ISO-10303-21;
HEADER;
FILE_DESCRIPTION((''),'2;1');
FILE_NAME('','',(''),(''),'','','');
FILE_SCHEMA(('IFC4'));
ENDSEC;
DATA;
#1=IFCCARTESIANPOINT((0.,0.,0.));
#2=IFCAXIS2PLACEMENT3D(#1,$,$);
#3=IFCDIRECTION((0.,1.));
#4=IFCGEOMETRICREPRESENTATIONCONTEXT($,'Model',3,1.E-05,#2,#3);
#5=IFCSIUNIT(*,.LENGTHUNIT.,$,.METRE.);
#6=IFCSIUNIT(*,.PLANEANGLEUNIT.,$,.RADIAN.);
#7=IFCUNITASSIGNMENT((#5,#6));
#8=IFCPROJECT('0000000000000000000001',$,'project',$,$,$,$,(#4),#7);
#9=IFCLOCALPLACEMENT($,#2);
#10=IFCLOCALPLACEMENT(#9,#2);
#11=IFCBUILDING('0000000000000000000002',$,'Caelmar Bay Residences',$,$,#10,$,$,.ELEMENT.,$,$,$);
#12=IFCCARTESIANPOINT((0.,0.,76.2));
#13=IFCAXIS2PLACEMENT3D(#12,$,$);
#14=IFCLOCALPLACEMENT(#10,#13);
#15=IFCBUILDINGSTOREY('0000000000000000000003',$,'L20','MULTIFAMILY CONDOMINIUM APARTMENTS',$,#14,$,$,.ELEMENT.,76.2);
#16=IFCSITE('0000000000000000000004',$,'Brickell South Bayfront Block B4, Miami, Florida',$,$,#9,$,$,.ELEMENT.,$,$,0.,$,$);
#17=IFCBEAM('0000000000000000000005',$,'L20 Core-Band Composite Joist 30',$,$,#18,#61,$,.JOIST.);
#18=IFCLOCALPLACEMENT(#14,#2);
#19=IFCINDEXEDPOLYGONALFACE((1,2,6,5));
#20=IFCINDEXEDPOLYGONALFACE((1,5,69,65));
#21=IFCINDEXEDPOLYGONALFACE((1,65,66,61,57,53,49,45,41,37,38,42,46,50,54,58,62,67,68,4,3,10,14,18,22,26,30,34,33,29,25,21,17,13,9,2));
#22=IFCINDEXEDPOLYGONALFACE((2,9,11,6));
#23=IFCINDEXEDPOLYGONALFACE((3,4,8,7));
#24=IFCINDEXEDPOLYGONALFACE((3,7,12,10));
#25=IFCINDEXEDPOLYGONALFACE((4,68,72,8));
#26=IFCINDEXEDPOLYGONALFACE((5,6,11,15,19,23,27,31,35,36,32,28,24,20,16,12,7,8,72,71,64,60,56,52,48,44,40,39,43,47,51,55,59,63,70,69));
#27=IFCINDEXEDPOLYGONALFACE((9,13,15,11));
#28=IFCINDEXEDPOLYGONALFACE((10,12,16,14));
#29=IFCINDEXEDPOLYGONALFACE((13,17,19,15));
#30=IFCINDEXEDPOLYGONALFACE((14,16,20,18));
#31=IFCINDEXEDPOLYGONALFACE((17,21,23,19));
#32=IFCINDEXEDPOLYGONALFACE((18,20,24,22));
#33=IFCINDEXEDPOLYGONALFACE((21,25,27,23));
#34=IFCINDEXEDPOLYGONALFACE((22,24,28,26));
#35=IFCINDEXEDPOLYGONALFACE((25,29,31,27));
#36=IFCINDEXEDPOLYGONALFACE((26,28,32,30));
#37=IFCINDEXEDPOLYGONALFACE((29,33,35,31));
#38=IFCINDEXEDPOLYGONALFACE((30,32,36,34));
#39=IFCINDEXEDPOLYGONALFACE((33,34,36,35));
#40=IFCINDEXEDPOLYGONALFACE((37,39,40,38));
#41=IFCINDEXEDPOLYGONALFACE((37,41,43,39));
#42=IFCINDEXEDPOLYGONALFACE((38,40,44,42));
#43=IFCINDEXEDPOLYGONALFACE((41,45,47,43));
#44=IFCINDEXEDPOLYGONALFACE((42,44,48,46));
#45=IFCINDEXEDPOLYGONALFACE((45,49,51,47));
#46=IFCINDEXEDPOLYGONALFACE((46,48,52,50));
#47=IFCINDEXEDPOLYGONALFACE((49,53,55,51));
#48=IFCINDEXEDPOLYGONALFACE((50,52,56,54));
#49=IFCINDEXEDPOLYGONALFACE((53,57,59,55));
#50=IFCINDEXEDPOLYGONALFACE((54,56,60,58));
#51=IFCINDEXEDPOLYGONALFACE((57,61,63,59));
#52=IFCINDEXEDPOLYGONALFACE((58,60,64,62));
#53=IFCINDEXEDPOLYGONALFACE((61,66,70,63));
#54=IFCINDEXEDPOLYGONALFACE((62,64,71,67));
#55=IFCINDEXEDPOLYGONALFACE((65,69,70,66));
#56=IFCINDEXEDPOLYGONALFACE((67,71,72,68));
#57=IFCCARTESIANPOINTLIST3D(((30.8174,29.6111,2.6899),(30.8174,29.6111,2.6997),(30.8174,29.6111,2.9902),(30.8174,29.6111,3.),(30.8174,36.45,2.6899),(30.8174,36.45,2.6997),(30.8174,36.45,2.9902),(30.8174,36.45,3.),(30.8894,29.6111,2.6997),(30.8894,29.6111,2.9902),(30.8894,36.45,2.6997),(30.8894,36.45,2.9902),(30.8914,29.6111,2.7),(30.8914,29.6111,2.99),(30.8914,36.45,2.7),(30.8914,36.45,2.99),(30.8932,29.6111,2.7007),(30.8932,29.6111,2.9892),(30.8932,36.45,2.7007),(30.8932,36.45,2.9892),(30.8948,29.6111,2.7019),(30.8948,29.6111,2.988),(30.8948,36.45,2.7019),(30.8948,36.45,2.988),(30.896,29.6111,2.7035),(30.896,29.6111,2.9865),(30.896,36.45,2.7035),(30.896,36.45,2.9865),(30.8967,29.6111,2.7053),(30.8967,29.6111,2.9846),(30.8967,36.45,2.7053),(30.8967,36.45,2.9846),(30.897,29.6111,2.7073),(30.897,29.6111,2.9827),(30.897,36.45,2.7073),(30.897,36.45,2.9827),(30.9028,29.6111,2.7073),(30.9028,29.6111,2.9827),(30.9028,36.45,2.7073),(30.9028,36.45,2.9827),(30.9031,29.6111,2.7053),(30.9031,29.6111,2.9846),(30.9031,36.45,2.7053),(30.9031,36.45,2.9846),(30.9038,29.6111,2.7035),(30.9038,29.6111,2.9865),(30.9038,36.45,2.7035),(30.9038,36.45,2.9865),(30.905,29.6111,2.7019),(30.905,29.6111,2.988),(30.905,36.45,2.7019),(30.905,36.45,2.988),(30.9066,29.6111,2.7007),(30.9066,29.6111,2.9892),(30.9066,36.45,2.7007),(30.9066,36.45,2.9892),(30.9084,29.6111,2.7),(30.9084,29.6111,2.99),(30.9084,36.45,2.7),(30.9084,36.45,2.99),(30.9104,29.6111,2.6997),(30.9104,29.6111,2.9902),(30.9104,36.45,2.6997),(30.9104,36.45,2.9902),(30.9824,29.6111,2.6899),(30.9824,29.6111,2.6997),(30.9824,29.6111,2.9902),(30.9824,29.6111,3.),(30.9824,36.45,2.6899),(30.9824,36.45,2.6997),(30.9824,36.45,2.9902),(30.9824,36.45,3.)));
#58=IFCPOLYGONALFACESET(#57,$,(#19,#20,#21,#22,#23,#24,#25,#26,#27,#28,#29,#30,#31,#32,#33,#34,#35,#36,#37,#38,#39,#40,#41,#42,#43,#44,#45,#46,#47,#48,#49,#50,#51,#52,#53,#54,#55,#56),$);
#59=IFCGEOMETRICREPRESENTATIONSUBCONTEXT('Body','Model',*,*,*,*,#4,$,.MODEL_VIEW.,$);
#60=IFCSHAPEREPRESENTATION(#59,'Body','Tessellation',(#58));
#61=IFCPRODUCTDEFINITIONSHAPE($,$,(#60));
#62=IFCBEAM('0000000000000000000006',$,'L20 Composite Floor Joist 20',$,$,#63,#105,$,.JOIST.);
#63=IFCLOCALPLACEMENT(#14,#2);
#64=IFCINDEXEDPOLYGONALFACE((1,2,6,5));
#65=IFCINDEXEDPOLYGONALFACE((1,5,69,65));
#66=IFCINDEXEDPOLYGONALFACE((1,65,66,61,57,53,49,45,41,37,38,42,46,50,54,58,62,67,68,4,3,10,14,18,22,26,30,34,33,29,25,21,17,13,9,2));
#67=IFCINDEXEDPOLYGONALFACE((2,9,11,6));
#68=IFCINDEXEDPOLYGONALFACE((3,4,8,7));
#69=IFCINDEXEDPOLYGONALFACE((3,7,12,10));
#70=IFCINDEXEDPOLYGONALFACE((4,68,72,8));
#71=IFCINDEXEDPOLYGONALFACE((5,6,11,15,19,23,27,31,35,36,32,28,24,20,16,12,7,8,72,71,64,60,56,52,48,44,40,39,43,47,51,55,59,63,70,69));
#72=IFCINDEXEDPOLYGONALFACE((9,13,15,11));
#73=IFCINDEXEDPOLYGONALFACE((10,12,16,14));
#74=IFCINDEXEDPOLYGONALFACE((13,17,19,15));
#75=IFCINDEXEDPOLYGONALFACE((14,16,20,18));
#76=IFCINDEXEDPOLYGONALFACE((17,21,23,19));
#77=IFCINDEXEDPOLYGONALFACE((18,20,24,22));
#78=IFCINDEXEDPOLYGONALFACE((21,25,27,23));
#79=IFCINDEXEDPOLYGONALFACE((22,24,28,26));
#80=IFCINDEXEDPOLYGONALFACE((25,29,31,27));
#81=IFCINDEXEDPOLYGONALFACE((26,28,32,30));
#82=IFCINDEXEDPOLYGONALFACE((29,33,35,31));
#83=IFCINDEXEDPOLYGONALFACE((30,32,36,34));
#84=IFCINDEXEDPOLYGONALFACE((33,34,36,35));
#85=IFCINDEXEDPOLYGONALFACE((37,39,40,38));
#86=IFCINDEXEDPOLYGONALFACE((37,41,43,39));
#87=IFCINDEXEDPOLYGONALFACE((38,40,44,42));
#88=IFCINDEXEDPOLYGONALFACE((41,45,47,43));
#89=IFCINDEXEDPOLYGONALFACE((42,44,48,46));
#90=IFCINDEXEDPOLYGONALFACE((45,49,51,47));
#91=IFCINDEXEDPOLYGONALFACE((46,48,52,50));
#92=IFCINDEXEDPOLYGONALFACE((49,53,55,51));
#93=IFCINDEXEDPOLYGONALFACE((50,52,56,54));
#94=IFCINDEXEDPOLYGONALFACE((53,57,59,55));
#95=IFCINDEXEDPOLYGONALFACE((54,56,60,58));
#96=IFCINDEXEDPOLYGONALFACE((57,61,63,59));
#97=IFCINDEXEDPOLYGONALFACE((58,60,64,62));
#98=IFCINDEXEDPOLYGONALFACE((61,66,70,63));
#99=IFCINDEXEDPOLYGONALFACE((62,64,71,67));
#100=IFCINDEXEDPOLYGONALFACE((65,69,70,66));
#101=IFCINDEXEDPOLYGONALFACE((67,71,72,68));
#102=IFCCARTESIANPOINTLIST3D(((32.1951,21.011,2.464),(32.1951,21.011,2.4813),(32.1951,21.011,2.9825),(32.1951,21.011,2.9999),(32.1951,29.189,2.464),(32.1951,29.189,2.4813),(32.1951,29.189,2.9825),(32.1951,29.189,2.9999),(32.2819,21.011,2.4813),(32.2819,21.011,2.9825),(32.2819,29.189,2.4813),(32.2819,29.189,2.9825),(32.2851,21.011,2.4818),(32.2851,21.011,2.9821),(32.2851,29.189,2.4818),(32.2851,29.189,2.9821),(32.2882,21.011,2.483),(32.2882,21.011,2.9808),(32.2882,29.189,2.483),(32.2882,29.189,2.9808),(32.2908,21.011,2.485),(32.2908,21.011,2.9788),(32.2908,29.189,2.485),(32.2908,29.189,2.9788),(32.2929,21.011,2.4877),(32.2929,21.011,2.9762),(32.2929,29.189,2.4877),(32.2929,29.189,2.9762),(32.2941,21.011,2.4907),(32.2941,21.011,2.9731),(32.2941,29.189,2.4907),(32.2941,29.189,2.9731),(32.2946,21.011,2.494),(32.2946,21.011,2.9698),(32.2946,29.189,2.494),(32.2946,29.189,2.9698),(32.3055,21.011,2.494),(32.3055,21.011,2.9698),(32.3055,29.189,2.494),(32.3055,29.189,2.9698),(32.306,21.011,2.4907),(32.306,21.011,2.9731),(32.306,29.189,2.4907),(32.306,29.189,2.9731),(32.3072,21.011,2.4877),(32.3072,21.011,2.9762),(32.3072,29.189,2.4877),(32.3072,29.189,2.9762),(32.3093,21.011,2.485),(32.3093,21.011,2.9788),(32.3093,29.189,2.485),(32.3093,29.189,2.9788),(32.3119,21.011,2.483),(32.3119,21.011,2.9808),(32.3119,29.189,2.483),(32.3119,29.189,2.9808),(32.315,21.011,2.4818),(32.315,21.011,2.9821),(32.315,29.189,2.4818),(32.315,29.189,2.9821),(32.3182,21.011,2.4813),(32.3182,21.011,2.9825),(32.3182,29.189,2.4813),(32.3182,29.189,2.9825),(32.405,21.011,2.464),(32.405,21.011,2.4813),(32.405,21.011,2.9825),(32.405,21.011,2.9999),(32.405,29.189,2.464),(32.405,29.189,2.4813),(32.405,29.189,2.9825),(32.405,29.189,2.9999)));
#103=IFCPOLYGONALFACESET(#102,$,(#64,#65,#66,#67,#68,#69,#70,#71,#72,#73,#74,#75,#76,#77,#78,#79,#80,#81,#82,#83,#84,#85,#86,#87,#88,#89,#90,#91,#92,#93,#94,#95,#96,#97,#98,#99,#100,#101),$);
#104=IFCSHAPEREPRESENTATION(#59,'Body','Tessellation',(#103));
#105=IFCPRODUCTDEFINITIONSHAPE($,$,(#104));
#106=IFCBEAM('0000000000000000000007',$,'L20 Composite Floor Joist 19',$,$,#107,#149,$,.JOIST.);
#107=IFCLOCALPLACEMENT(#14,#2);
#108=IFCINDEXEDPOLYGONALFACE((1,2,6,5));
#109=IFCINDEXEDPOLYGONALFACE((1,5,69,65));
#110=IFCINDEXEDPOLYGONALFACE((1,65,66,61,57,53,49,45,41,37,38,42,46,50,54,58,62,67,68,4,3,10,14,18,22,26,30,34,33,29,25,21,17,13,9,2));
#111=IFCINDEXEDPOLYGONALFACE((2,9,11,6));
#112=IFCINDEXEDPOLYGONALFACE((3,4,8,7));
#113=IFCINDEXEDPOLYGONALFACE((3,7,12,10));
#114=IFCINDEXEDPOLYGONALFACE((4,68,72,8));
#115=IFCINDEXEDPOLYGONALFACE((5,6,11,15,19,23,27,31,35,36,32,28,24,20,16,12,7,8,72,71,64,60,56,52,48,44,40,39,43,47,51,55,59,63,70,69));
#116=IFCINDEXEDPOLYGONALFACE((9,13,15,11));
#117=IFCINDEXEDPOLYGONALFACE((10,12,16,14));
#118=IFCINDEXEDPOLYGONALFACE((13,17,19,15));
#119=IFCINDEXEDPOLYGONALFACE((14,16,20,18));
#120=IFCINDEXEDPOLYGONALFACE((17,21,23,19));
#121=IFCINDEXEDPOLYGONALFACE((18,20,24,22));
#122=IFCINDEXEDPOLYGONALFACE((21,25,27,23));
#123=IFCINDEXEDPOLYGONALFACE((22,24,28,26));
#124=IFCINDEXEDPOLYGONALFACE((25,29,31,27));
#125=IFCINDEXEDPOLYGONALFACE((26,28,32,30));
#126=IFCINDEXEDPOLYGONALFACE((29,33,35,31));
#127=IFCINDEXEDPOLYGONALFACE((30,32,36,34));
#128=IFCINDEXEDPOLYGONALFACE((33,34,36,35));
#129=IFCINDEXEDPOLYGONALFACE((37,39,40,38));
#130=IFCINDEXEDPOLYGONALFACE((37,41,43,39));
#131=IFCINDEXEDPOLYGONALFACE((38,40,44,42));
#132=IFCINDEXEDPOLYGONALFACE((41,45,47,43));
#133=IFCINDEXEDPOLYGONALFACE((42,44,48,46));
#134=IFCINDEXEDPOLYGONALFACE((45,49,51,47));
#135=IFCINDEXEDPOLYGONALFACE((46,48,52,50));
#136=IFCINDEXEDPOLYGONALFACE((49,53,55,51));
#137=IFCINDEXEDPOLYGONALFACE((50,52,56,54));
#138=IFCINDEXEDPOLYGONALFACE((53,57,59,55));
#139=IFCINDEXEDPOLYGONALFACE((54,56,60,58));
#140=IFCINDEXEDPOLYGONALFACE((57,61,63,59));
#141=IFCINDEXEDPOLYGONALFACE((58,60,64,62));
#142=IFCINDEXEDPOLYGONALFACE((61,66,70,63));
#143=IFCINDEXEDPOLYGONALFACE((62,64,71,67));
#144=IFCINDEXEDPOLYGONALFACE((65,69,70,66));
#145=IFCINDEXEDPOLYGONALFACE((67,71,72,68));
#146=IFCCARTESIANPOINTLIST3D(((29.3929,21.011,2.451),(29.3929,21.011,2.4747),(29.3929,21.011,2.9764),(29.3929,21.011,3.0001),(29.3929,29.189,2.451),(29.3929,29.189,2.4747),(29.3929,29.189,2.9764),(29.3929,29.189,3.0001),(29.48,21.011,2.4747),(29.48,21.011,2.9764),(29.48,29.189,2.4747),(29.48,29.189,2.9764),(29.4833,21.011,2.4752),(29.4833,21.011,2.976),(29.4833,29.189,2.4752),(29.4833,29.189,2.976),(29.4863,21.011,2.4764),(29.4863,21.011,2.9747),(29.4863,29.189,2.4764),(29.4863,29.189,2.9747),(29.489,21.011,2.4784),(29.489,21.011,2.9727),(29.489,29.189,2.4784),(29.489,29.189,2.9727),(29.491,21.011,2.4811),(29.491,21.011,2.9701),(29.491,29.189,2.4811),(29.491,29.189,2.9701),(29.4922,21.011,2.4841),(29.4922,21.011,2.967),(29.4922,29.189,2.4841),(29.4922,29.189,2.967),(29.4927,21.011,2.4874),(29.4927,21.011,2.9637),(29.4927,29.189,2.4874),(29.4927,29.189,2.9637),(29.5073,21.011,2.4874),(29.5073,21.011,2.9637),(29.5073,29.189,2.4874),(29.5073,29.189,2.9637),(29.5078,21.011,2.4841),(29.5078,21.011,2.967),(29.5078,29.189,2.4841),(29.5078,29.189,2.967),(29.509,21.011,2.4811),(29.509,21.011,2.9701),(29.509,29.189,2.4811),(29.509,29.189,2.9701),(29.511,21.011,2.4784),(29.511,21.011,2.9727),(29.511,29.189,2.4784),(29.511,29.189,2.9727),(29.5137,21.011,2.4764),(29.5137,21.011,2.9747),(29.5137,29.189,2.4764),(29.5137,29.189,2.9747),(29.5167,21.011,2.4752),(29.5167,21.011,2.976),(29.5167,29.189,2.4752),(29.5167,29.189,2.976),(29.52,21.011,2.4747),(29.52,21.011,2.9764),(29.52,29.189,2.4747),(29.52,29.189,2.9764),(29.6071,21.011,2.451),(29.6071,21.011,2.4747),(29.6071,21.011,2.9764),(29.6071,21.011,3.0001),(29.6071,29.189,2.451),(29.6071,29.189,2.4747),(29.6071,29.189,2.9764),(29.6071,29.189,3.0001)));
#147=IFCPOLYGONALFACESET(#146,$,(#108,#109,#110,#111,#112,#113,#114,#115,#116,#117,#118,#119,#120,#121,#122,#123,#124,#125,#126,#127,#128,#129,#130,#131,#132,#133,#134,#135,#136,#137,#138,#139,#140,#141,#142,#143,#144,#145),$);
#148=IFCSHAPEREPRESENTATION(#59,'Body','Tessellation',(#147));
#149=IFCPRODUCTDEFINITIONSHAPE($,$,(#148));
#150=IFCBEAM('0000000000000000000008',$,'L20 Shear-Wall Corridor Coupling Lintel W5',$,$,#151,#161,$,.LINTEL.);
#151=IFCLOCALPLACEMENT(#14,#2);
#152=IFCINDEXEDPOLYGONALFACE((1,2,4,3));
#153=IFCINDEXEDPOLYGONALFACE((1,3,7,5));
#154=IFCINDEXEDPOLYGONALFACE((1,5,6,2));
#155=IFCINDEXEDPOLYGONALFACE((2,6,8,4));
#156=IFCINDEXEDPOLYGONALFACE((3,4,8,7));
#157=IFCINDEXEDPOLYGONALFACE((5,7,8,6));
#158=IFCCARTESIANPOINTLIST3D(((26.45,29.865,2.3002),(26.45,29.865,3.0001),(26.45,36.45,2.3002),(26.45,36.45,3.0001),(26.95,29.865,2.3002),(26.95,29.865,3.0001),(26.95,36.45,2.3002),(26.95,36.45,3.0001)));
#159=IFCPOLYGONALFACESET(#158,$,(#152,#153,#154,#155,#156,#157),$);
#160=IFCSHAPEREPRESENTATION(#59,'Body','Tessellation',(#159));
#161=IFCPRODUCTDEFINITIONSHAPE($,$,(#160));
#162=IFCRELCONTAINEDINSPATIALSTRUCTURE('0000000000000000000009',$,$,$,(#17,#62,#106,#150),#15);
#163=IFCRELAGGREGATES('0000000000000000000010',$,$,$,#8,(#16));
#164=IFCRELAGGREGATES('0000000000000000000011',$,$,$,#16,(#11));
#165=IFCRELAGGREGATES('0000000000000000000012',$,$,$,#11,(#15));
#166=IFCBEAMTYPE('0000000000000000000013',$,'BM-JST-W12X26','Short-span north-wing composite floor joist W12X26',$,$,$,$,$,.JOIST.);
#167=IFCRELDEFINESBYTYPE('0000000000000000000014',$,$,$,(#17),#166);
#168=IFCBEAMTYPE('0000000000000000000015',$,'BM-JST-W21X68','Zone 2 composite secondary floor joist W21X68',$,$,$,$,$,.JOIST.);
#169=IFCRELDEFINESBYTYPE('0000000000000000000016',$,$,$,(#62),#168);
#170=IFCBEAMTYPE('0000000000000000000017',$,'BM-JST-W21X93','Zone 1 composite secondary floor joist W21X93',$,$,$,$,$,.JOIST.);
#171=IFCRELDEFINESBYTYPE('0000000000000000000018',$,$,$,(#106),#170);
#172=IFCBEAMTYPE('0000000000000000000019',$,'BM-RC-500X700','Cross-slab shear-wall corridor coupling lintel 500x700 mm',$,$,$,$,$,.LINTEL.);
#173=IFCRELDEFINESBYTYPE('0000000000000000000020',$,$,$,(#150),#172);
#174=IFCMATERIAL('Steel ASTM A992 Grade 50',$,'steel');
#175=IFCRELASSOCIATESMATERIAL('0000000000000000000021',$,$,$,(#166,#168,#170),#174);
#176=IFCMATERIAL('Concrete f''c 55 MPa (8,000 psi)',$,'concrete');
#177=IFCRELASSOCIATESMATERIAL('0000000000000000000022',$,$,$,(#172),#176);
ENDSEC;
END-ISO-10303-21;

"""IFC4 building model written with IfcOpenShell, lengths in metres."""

from ifc_helpers import new_model, si_unit, direction, frame, origin, origin_2d, place, context, subcontext, project, spatial, rectangle, i_section, extrude, material, material_profile, profile_set, type_object, element, save


model = new_model("IFC4")

# Units and contexts
model_context = context("Model", 3, precision=1e-05, world=origin(), true_north=direction((0.0, 1.0)))
body_context = subcontext(model_context, "Body", "Model", "MODEL_VIEW")
ifc_project = project(units=[si_unit("LENGTHUNIT", "METRE"), si_unit("PLANEANGLEUNIT", "RADIAN")], contexts=[model_context])

# Site, building, storey
site_placement = place(None, origin())
site = spatial("IfcSite", under=ifc_project, at=site_placement, Name="Brickell South Bayfront Block B4, Miami, Florida", CompositionType="ELEMENT", RefElevation=0.0)
building_placement = place(site_placement, origin())
building = spatial("IfcBuilding", under=site, at=building_placement, Name="Caelmar Bay Residences", CompositionType="ELEMENT")
storey_placement = place(building_placement, frame((0.0, 0.0, 76.2)))
storey = spatial("IfcBuildingStorey", under=building, at=storey_placement, Name="L20", Description="MULTIFAMILY CONDOMINIUM APARTMENTS", CompositionType="ELEMENT", Elevation=76.2)

# Beams
ifc_material_1 = material(Name="Steel ASTM A992 Grade 50", Category="steel")
ifc_material_profile_1 = material_profile(ifc_material_1, i_section(OverallWidth=0.165, OverallDepth=0.3101, WebThickness=0.0059, FlangeThickness=0.0098, FilletRadius=0.0076, at=origin_2d()), Name="W12X26")
ifc_profile_set_1 = profile_set([ifc_material_profile_1], Name="Steel ASTM A992 Grade 50")
beam_type_1 = type_object("IfcBeamType", Name="BM-JST-W12X26", Description="Short-span north-wing composite floor joist W12X26", PredefinedType="JOIST", material=ifc_profile_set_1)
beam_1_placement = place(storey_placement, frame((30.8999, 29.6111, 2.845), z_axis=(0.0, 1.0, 0.0), x_axis=(-1.0, 0.0, 0.0)))
element("IfcBeam", 1, at=beam_1_placement, inside=storey, type_object=beam_type_1, Name="L20 Core-Band Composite Joist 30", PredefinedType="JOIST", context=body_context, shape_type="SweptSolid", body=[
    extrude(i_section(OverallWidth=0.165, OverallDepth=0.3101, WebThickness=0.0059, FlangeThickness=0.0098, FilletRadius=0.0076, at=origin_2d()), origin(), (0.0, 0.0, 1.0), 6.8389),
])
ifc_material_profile_2 = material_profile(ifc_material_1, i_section(OverallWidth=0.21, OverallDepth=0.5359, WebThickness=0.011, FlangeThickness=0.0173, FilletRadius=0.0127, at=origin_2d()), Name="W21X68")
ifc_profile_set_2 = profile_set([ifc_material_profile_2], Name="Steel ASTM A992 Grade 50")
beam_type_2 = type_object("IfcBeamType", Name="BM-JST-W21X68", Description="Zone 2 composite secondary floor joist W21X68", PredefinedType="JOIST", material=ifc_profile_set_2)
beam_2_placement = place(storey_placement, frame((32.3, 21.011, 2.7319), z_axis=(0.0, 1.0, 0.0), x_axis=(-1.0, 0.0, 0.0)))
element("IfcBeam", 2, at=beam_2_placement, inside=storey, type_object=beam_type_2, Name="L20 Composite Floor Joist 20", PredefinedType="JOIST", context=body_context, shape_type="SweptSolid", body=[
    extrude(i_section(OverallWidth=0.21, OverallDepth=0.5359, WebThickness=0.011, FlangeThickness=0.0173, FilletRadius=0.0127, at=origin_2d()), origin(), (0.0, 0.0, 1.0), 8.178),
])
ifc_material_profile_3 = material_profile(ifc_material_1, i_section(OverallWidth=0.2141, OverallDepth=0.5491, WebThickness=0.0146, FlangeThickness=0.0237, FilletRadius=0.0127, at=origin_2d()), Name="W21X93")
ifc_profile_set_3 = profile_set([ifc_material_profile_3], Name="Steel ASTM A992 Grade 50")
beam_type_3 = type_object("IfcBeamType", Name="BM-JST-W21X93", Description="Zone 1 composite secondary floor joist W21X93", PredefinedType="JOIST", material=ifc_profile_set_3)
beam_3_placement = place(storey_placement, frame((29.5, 21.011, 2.7256), z_axis=(0.0, 1.0, 0.0), x_axis=(-1.0, 0.0, 0.0)))
element("IfcBeam", 3, at=beam_3_placement, inside=storey, type_object=beam_type_3, Name="L20 Composite Floor Joist 19", PredefinedType="JOIST", context=body_context, shape_type="SweptSolid", body=[
    extrude(i_section(OverallWidth=0.2141, OverallDepth=0.5491, WebThickness=0.0146, FlangeThickness=0.0237, FilletRadius=0.0127, at=origin_2d()), origin(), (0.0, 0.0, 1.0), 8.178),
])
ifc_material_2 = material(Name="Concrete f'c 55 MPa (8,000 psi)", Category="concrete")
ifc_material_profile_4 = material_profile(ifc_material_2, rectangle(XDim=0.5, YDim=0.7, at=origin_2d()), Name="RC-BM-500X700")
ifc_profile_set_4 = profile_set([ifc_material_profile_4], Name="Concrete f'c 55 MPa (8,000 psi)")
beam_type_4 = type_object("IfcBeamType", Name="BM-RC-500X700", Description="Cross-slab shear-wall corridor coupling lintel 500x700 mm", PredefinedType="LINTEL", material=ifc_profile_set_4)
beam_4_placement = place(storey_placement, frame((26.7, 29.865, 2.6501), z_axis=(0.0, 1.0, 0.0), x_axis=(-1.0, 0.0, 0.0)))
element("IfcBeam", 4, at=beam_4_placement, inside=storey, type_object=beam_type_4, Name="L20 Shear-Wall Corridor Coupling Lintel W5", PredefinedType="LINTEL", context=body_context, shape_type="SweptSolid", body=[
    extrude(rectangle(XDim=0.5, YDim=0.7, at=origin_2d()), origin(), (0.0, 0.0, 1.0), 6.585),
])

save(model, "model.ifc")
